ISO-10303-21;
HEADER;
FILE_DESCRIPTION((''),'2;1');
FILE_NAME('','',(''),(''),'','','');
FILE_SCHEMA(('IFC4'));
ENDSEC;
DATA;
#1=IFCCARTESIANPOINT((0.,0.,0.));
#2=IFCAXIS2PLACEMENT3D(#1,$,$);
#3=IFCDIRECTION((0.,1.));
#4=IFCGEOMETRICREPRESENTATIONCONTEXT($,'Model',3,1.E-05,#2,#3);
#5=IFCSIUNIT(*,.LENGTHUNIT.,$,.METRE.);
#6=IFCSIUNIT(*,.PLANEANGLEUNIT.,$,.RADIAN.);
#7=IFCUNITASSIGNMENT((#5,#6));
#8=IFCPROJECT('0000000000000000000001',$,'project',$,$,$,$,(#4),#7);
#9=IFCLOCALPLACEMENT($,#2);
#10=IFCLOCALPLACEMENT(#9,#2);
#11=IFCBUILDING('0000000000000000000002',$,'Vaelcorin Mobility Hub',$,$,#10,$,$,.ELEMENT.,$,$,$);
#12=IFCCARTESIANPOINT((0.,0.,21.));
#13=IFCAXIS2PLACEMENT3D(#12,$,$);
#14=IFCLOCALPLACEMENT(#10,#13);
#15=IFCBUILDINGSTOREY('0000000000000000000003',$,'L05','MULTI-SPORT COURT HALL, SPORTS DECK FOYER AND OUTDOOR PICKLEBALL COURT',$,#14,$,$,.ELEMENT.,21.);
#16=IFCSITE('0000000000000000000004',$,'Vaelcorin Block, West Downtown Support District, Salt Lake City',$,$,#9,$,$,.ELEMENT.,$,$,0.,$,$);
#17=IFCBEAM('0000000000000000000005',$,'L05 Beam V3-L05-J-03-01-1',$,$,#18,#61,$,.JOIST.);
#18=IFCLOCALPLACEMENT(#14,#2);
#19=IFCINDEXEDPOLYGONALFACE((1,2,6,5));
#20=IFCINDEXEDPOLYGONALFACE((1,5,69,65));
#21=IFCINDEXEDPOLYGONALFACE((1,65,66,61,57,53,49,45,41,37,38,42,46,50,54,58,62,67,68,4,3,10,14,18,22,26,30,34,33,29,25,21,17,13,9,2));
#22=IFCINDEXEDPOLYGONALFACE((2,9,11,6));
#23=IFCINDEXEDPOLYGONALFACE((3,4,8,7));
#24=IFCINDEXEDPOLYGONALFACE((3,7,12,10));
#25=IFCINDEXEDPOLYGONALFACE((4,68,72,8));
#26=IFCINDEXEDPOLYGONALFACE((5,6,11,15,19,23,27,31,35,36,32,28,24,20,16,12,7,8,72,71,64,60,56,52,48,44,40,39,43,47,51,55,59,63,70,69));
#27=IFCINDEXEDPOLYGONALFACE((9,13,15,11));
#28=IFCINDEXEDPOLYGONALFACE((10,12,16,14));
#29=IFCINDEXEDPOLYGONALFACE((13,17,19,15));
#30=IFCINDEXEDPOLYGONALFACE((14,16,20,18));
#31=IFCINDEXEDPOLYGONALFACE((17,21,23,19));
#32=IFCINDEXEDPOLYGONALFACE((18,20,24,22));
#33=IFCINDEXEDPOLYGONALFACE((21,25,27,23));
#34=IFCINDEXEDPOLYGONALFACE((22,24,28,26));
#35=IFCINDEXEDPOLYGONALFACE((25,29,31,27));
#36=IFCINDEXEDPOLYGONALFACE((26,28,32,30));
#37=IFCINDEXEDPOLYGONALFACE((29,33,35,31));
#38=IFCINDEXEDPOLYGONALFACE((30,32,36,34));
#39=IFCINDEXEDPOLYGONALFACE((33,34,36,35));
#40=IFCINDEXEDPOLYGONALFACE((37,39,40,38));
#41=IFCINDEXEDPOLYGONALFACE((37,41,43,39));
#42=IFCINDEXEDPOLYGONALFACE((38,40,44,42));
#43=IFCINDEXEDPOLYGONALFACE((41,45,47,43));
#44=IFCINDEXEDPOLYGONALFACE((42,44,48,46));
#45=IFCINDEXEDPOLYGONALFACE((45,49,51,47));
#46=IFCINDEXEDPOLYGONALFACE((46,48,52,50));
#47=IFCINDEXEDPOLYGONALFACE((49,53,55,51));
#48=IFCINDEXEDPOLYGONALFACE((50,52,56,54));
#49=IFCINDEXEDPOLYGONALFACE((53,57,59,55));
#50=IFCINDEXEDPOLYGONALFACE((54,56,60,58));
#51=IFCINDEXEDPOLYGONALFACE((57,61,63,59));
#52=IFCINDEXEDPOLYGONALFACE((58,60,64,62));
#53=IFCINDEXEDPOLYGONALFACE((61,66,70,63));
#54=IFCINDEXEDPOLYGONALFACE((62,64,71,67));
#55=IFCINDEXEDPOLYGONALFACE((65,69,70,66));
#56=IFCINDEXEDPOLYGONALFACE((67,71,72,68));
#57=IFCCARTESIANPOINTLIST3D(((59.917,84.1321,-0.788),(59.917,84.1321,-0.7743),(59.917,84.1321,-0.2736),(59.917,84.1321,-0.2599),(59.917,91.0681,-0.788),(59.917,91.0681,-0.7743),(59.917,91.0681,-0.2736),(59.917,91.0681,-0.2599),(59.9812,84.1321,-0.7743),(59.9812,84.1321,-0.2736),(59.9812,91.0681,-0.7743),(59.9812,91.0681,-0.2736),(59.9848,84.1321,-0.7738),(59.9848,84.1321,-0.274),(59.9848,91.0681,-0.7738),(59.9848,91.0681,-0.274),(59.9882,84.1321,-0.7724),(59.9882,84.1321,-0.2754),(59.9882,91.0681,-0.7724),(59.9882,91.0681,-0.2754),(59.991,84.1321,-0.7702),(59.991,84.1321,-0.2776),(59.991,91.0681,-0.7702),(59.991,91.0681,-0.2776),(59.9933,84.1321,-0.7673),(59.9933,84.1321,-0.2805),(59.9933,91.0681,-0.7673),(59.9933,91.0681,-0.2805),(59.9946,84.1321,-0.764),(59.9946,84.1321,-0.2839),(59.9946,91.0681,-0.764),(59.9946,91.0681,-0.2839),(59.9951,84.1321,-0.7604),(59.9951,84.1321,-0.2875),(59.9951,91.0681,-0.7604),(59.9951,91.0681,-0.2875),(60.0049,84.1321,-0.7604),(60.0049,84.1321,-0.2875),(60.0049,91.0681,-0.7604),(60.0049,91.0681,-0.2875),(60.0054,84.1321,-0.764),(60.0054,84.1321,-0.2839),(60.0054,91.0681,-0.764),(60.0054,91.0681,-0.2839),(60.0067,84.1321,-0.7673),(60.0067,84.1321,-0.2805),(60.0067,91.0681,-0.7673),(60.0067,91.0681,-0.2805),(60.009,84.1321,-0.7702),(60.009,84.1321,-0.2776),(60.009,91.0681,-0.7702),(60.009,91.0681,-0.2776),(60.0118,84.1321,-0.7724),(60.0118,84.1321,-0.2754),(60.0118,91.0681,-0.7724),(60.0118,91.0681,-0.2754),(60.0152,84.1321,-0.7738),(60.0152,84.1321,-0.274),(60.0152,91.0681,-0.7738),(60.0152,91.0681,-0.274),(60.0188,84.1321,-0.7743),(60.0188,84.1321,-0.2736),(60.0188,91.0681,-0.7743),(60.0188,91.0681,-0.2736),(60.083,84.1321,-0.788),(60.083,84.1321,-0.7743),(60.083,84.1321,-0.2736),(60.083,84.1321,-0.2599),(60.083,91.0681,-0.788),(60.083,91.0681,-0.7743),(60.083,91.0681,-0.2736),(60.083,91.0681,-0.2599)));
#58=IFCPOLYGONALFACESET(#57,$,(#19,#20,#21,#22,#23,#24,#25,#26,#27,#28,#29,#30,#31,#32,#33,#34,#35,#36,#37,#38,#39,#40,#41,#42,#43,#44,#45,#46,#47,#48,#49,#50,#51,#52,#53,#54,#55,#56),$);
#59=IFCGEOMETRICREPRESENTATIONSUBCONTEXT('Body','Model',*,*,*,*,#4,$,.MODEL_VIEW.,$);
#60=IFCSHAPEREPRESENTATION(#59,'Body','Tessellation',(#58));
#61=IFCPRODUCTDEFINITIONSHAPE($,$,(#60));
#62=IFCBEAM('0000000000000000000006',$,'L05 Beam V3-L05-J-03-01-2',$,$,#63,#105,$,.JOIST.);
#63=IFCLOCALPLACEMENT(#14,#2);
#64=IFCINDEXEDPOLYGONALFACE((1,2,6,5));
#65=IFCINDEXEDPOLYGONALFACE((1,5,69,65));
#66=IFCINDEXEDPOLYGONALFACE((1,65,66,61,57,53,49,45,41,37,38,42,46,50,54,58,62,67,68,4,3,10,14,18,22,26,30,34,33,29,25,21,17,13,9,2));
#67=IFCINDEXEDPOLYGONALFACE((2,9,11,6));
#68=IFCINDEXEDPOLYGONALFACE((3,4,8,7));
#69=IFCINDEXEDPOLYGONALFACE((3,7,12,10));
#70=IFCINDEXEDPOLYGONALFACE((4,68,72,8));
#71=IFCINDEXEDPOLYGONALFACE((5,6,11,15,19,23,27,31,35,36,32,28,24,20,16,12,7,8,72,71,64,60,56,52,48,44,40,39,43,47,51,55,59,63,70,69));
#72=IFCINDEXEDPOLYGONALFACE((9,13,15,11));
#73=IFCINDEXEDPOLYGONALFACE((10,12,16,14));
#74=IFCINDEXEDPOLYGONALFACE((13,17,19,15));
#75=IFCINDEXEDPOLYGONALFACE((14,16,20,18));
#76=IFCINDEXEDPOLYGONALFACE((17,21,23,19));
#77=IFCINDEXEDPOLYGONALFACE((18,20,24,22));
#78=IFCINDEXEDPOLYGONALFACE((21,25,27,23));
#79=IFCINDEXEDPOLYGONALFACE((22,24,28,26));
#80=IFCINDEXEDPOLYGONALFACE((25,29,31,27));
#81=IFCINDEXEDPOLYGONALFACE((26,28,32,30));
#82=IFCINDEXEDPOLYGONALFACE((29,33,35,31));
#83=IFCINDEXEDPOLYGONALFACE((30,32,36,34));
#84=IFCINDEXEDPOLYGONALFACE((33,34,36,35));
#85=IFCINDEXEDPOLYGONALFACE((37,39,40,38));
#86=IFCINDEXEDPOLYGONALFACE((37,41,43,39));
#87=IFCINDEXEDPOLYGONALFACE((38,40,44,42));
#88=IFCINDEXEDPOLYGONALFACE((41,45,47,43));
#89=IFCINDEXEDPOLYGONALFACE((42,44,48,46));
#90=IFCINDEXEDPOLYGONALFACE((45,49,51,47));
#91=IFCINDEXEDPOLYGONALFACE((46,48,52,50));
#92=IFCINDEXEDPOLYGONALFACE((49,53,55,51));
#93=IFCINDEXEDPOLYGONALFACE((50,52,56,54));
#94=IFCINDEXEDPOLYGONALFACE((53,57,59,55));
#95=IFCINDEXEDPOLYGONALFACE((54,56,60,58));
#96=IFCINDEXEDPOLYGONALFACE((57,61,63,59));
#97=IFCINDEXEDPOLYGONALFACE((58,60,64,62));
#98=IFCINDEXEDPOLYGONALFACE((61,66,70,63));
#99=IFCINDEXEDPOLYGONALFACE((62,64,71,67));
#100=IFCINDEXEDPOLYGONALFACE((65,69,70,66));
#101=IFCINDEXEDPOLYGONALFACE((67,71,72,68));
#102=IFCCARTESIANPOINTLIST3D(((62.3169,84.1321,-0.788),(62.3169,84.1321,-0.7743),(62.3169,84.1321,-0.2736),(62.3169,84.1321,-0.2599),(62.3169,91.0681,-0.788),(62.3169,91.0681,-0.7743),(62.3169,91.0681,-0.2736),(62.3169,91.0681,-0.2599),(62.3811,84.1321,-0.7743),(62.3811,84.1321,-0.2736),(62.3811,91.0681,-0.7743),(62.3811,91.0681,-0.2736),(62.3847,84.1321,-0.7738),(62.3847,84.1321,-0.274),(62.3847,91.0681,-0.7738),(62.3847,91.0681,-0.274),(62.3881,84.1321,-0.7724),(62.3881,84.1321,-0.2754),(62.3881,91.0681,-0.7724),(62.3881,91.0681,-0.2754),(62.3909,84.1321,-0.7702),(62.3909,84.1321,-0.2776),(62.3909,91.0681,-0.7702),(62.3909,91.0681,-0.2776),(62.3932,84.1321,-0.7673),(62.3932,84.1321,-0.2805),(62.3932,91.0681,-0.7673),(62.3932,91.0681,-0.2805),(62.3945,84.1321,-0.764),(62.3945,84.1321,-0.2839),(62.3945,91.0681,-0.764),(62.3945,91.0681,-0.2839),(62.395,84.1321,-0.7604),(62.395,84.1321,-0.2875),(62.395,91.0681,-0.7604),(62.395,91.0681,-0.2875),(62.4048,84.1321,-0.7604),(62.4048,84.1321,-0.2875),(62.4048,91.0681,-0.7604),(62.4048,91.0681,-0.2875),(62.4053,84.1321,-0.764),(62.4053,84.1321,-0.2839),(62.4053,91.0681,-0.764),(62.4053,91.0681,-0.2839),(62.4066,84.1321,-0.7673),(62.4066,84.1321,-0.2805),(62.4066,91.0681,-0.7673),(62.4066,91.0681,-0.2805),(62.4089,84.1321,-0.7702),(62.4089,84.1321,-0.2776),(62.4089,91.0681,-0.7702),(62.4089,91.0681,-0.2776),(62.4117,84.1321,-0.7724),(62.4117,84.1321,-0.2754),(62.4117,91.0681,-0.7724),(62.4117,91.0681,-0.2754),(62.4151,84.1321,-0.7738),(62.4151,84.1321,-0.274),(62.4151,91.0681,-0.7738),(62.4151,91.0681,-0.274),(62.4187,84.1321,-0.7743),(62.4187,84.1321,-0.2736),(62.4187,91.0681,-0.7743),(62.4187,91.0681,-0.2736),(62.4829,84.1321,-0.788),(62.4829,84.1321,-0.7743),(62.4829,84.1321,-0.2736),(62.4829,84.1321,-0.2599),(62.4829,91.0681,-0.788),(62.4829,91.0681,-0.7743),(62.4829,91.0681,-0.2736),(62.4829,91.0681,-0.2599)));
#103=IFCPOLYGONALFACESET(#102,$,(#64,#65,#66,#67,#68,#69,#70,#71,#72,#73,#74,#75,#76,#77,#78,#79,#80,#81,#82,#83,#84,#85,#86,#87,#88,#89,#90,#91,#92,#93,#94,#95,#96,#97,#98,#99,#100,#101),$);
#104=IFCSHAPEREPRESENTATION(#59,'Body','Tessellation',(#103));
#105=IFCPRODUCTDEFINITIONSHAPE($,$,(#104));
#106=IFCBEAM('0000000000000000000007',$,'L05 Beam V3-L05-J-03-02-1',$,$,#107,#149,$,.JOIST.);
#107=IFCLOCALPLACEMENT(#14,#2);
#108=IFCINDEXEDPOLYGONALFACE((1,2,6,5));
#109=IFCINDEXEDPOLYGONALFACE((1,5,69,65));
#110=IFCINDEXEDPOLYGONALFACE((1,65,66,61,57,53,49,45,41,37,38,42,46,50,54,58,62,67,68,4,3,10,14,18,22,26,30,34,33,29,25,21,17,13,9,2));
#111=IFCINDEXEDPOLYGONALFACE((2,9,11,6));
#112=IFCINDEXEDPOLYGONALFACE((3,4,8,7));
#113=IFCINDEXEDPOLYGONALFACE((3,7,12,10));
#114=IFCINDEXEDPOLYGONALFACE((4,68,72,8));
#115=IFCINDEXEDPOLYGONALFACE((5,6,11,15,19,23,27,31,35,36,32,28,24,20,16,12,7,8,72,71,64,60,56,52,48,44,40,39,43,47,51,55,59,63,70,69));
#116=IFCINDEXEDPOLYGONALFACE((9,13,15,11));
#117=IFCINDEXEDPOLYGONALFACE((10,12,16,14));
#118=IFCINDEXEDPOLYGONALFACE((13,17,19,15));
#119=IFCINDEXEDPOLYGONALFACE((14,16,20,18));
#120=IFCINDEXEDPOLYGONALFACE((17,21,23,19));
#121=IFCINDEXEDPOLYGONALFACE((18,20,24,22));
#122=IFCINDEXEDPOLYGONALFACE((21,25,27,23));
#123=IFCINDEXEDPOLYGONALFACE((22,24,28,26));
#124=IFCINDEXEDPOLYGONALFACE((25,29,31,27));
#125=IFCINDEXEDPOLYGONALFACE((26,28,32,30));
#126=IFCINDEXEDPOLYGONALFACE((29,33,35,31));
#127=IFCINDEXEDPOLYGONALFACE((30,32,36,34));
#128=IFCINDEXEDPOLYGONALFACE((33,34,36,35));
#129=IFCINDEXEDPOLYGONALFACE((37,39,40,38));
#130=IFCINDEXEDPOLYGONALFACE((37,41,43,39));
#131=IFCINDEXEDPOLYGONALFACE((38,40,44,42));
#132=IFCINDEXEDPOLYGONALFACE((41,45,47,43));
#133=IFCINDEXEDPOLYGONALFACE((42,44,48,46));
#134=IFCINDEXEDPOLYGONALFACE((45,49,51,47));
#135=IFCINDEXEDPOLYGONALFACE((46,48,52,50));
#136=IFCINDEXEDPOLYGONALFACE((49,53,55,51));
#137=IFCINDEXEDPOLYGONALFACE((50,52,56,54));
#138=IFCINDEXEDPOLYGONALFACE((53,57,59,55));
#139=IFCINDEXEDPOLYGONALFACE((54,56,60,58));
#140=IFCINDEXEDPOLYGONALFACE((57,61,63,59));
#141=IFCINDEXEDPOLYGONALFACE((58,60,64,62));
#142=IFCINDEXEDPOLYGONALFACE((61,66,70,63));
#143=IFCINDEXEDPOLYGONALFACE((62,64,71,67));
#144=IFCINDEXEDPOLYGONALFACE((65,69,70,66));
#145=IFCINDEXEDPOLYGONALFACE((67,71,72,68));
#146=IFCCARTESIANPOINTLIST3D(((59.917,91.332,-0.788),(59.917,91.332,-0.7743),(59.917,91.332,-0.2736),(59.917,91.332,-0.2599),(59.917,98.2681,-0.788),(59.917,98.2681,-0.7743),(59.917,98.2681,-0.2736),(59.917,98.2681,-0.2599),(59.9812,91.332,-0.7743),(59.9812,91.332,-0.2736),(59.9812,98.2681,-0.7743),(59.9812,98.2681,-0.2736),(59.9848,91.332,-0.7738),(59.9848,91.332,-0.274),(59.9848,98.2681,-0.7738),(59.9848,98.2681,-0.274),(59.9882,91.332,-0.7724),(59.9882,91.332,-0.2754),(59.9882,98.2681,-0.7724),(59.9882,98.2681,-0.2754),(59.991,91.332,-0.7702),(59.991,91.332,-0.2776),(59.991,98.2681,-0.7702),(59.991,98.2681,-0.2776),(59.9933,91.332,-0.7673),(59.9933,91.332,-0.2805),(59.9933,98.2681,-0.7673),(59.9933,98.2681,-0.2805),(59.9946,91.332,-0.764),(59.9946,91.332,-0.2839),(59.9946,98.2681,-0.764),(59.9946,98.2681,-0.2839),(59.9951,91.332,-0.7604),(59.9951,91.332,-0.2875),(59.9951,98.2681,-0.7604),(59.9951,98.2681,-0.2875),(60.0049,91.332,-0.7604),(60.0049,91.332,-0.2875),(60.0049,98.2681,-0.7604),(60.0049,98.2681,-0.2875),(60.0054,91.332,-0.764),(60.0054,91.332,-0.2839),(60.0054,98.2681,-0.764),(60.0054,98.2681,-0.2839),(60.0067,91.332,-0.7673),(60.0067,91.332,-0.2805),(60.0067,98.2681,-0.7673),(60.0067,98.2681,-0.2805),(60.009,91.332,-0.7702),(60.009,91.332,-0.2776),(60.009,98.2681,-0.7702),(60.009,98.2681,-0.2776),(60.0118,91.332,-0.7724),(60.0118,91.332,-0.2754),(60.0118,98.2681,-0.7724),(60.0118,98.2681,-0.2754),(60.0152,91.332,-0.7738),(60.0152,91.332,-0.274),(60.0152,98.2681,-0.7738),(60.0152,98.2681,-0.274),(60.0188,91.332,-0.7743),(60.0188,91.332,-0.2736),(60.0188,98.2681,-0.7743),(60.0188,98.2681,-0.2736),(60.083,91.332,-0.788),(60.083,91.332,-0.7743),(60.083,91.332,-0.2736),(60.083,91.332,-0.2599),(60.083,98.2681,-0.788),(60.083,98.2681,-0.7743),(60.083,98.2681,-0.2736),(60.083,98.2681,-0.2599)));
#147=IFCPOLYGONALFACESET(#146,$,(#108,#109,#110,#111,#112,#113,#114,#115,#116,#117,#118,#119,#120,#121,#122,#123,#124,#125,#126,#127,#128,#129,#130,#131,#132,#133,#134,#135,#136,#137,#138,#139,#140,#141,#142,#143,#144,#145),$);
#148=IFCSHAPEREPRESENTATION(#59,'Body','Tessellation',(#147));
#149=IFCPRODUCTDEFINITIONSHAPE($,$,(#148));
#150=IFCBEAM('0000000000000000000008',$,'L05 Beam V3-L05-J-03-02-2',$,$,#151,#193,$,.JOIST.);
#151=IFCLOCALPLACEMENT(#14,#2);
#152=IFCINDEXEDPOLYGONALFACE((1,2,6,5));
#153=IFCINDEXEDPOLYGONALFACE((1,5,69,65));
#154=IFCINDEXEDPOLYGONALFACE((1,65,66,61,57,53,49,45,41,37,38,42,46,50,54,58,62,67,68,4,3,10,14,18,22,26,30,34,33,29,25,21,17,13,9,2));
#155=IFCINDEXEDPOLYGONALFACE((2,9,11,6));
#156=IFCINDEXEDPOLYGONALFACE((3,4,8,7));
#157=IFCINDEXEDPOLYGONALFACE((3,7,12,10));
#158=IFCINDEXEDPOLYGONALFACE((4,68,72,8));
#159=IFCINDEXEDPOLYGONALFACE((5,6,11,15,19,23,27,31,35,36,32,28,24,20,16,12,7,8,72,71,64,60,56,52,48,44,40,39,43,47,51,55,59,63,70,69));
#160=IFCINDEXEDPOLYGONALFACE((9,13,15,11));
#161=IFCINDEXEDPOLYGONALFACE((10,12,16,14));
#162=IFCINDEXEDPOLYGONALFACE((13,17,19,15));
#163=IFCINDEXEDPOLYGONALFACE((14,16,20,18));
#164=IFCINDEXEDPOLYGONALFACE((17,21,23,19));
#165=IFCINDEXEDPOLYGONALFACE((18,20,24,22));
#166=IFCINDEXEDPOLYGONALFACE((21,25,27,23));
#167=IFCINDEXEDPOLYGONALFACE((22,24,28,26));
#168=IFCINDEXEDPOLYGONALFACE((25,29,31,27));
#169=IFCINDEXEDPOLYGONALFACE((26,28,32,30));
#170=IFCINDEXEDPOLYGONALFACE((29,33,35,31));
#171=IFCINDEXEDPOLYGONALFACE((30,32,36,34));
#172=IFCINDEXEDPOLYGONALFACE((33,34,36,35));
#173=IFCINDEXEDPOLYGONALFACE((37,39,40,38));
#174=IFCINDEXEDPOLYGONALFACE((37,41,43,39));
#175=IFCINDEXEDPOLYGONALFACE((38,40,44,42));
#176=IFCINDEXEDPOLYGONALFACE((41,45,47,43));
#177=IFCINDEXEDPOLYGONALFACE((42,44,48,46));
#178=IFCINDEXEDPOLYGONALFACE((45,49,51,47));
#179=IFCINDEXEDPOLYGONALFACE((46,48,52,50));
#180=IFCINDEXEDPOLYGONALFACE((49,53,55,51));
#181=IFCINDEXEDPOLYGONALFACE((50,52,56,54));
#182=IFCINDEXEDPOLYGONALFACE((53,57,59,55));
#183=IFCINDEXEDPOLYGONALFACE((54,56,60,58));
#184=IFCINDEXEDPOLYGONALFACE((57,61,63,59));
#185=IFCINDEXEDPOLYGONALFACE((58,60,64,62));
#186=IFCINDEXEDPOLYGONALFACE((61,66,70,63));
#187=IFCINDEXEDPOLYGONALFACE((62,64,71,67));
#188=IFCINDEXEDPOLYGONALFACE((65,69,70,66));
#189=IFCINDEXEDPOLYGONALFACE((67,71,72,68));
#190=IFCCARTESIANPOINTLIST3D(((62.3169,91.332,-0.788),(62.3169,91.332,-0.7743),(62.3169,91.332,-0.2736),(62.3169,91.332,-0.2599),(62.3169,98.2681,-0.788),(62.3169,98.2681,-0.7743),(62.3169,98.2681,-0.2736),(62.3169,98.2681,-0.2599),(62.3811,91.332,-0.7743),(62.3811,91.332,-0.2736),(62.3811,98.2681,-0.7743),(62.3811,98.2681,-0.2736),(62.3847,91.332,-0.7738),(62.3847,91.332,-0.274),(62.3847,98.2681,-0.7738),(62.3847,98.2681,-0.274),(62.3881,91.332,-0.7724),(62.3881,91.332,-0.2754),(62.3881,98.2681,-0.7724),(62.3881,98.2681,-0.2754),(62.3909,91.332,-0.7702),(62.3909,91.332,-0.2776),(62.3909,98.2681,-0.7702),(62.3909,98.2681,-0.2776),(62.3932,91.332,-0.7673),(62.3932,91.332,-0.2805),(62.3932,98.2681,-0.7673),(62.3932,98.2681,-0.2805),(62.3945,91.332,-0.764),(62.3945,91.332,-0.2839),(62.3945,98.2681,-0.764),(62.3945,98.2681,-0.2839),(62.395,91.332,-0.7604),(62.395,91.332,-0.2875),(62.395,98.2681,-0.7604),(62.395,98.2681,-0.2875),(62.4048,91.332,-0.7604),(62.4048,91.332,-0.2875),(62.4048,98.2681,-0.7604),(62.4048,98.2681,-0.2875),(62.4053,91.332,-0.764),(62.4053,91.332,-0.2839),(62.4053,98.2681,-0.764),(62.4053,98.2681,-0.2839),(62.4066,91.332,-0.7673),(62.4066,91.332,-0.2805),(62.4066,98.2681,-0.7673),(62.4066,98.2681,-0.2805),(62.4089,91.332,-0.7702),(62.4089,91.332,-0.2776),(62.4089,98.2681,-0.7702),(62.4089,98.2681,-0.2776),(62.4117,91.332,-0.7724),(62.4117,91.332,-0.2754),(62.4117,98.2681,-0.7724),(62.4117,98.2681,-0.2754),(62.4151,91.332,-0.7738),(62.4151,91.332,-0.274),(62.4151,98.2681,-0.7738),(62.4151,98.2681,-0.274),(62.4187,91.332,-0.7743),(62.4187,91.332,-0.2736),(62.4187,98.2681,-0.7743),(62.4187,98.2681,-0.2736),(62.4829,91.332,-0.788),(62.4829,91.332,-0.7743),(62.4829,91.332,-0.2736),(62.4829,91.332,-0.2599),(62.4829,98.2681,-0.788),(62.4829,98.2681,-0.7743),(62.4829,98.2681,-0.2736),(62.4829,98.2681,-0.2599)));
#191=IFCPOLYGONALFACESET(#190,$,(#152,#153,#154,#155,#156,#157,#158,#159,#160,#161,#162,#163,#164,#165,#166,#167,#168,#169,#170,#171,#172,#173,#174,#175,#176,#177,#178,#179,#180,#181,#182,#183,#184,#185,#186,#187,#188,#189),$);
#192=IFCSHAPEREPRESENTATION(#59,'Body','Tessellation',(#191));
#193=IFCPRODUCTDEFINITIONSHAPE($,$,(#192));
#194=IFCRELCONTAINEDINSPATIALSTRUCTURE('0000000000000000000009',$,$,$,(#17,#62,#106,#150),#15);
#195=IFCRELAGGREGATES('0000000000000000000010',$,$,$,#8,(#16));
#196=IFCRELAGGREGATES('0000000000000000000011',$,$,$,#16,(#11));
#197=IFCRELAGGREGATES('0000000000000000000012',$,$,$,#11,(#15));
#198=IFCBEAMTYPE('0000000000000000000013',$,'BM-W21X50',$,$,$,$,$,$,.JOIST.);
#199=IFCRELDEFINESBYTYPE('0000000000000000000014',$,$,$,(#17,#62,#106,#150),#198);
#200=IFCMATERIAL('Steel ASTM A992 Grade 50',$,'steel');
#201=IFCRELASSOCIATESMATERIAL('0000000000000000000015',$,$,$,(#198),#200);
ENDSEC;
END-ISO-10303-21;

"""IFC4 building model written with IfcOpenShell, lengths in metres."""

from ifc_helpers import new_model, si_unit, direction, frame, origin, origin_2d, place, context, subcontext, project, spatial, i_section, extrude, material, material_profile, profile_set, type_object, element, save


model = new_model("IFC4")

# Units and contexts
model_context = context("Model", 3, precision=1e-05, world=origin(), true_north=direction((0.0, 1.0)))
body_context = subcontext(model_context, "Body", "Model", "MODEL_VIEW")
ifc_project = project(units=[si_unit("LENGTHUNIT", "METRE"), si_unit("PLANEANGLEUNIT", "RADIAN")], contexts=[model_context])

# Site, building, storey
site_placement = place(None, origin())
site = spatial("IfcSite", under=ifc_project, at=site_placement, Name="Vaelcorin Block, West Downtown Support District, Salt Lake City", CompositionType="ELEMENT", RefElevation=0.0)
building_placement = place(site_placement, origin())
building = spatial("IfcBuilding", under=site, at=building_placement, Name="Vaelcorin Mobility Hub", CompositionType="ELEMENT")
storey_placement = place(building_placement, frame((0.0, 0.0, 21.0)))
storey = spatial("IfcBuildingStorey", under=building, at=storey_placement, Name="L05", Description="MULTI-SPORT COURT HALL, SPORTS DECK FOYER AND OUTDOOR PICKLEBALL COURT", CompositionType="ELEMENT", Elevation=21.0)

# Beams
ifc_material_1 = material(Name="Steel ASTM A992 Grade 50", Category="steel")
ifc_material_profile_1 = material_profile(ifc_material_1, i_section(OverallWidth=0.166, OverallDepth=0.5281, WebThickness=0.0098, FlangeThickness=0.0137, FilletRadius=0.0139, at=origin_2d()), Name="W21X50")
ifc_profile_set_1 = profile_set([ifc_material_profile_1], Name="Steel ASTM A992 Grade 50")
beam_type_1 = type_object("IfcBeamType", Name="BM-W21X50", PredefinedType="JOIST", material=ifc_profile_set_1)
for number, where, z_axis, x_axis, name in (
    (1, (60.0, 84.1321, -0.5239), (0.0, 1.0, 0.0), (-1.0, 0.0, 0.0), "L05 Beam V3-L05-J-03-01-1"),
    (2, (62.3999, 84.1321, -0.5239), (0.0, 1.0, 0.0), (-1.0, 0.0, 0.0), "L05 Beam V3-L05-J-03-01-2"),
    (3, (60.0, 91.332, -0.5239), (0.0, 1.0, 0.0), (-1.0, 0.0, 0.0), "L05 Beam V3-L05-J-03-02-1"),
    (4, (62.3999, 91.332, -0.5239), (0.0, 1.0, 0.0), (-1.0, 0.0, 0.0), "L05 Beam V3-L05-J-03-02-2"),
):
    element("IfcBeam", number, at=place(storey_placement, frame(where, z_axis=z_axis, x_axis=x_axis)), inside=storey, type_object=beam_type_1, Name=name, PredefinedType="JOIST", context=body_context, shape_type="SweptSolid", body=[
        extrude(i_section(OverallWidth=0.166, OverallDepth=0.5281, WebThickness=0.0098, FlangeThickness=0.0137, FilletRadius=0.0139, at=origin_2d()), origin(), (0.0, 0.0, 1.0), 6.936),
    ])

save(model, "model.ifc")
